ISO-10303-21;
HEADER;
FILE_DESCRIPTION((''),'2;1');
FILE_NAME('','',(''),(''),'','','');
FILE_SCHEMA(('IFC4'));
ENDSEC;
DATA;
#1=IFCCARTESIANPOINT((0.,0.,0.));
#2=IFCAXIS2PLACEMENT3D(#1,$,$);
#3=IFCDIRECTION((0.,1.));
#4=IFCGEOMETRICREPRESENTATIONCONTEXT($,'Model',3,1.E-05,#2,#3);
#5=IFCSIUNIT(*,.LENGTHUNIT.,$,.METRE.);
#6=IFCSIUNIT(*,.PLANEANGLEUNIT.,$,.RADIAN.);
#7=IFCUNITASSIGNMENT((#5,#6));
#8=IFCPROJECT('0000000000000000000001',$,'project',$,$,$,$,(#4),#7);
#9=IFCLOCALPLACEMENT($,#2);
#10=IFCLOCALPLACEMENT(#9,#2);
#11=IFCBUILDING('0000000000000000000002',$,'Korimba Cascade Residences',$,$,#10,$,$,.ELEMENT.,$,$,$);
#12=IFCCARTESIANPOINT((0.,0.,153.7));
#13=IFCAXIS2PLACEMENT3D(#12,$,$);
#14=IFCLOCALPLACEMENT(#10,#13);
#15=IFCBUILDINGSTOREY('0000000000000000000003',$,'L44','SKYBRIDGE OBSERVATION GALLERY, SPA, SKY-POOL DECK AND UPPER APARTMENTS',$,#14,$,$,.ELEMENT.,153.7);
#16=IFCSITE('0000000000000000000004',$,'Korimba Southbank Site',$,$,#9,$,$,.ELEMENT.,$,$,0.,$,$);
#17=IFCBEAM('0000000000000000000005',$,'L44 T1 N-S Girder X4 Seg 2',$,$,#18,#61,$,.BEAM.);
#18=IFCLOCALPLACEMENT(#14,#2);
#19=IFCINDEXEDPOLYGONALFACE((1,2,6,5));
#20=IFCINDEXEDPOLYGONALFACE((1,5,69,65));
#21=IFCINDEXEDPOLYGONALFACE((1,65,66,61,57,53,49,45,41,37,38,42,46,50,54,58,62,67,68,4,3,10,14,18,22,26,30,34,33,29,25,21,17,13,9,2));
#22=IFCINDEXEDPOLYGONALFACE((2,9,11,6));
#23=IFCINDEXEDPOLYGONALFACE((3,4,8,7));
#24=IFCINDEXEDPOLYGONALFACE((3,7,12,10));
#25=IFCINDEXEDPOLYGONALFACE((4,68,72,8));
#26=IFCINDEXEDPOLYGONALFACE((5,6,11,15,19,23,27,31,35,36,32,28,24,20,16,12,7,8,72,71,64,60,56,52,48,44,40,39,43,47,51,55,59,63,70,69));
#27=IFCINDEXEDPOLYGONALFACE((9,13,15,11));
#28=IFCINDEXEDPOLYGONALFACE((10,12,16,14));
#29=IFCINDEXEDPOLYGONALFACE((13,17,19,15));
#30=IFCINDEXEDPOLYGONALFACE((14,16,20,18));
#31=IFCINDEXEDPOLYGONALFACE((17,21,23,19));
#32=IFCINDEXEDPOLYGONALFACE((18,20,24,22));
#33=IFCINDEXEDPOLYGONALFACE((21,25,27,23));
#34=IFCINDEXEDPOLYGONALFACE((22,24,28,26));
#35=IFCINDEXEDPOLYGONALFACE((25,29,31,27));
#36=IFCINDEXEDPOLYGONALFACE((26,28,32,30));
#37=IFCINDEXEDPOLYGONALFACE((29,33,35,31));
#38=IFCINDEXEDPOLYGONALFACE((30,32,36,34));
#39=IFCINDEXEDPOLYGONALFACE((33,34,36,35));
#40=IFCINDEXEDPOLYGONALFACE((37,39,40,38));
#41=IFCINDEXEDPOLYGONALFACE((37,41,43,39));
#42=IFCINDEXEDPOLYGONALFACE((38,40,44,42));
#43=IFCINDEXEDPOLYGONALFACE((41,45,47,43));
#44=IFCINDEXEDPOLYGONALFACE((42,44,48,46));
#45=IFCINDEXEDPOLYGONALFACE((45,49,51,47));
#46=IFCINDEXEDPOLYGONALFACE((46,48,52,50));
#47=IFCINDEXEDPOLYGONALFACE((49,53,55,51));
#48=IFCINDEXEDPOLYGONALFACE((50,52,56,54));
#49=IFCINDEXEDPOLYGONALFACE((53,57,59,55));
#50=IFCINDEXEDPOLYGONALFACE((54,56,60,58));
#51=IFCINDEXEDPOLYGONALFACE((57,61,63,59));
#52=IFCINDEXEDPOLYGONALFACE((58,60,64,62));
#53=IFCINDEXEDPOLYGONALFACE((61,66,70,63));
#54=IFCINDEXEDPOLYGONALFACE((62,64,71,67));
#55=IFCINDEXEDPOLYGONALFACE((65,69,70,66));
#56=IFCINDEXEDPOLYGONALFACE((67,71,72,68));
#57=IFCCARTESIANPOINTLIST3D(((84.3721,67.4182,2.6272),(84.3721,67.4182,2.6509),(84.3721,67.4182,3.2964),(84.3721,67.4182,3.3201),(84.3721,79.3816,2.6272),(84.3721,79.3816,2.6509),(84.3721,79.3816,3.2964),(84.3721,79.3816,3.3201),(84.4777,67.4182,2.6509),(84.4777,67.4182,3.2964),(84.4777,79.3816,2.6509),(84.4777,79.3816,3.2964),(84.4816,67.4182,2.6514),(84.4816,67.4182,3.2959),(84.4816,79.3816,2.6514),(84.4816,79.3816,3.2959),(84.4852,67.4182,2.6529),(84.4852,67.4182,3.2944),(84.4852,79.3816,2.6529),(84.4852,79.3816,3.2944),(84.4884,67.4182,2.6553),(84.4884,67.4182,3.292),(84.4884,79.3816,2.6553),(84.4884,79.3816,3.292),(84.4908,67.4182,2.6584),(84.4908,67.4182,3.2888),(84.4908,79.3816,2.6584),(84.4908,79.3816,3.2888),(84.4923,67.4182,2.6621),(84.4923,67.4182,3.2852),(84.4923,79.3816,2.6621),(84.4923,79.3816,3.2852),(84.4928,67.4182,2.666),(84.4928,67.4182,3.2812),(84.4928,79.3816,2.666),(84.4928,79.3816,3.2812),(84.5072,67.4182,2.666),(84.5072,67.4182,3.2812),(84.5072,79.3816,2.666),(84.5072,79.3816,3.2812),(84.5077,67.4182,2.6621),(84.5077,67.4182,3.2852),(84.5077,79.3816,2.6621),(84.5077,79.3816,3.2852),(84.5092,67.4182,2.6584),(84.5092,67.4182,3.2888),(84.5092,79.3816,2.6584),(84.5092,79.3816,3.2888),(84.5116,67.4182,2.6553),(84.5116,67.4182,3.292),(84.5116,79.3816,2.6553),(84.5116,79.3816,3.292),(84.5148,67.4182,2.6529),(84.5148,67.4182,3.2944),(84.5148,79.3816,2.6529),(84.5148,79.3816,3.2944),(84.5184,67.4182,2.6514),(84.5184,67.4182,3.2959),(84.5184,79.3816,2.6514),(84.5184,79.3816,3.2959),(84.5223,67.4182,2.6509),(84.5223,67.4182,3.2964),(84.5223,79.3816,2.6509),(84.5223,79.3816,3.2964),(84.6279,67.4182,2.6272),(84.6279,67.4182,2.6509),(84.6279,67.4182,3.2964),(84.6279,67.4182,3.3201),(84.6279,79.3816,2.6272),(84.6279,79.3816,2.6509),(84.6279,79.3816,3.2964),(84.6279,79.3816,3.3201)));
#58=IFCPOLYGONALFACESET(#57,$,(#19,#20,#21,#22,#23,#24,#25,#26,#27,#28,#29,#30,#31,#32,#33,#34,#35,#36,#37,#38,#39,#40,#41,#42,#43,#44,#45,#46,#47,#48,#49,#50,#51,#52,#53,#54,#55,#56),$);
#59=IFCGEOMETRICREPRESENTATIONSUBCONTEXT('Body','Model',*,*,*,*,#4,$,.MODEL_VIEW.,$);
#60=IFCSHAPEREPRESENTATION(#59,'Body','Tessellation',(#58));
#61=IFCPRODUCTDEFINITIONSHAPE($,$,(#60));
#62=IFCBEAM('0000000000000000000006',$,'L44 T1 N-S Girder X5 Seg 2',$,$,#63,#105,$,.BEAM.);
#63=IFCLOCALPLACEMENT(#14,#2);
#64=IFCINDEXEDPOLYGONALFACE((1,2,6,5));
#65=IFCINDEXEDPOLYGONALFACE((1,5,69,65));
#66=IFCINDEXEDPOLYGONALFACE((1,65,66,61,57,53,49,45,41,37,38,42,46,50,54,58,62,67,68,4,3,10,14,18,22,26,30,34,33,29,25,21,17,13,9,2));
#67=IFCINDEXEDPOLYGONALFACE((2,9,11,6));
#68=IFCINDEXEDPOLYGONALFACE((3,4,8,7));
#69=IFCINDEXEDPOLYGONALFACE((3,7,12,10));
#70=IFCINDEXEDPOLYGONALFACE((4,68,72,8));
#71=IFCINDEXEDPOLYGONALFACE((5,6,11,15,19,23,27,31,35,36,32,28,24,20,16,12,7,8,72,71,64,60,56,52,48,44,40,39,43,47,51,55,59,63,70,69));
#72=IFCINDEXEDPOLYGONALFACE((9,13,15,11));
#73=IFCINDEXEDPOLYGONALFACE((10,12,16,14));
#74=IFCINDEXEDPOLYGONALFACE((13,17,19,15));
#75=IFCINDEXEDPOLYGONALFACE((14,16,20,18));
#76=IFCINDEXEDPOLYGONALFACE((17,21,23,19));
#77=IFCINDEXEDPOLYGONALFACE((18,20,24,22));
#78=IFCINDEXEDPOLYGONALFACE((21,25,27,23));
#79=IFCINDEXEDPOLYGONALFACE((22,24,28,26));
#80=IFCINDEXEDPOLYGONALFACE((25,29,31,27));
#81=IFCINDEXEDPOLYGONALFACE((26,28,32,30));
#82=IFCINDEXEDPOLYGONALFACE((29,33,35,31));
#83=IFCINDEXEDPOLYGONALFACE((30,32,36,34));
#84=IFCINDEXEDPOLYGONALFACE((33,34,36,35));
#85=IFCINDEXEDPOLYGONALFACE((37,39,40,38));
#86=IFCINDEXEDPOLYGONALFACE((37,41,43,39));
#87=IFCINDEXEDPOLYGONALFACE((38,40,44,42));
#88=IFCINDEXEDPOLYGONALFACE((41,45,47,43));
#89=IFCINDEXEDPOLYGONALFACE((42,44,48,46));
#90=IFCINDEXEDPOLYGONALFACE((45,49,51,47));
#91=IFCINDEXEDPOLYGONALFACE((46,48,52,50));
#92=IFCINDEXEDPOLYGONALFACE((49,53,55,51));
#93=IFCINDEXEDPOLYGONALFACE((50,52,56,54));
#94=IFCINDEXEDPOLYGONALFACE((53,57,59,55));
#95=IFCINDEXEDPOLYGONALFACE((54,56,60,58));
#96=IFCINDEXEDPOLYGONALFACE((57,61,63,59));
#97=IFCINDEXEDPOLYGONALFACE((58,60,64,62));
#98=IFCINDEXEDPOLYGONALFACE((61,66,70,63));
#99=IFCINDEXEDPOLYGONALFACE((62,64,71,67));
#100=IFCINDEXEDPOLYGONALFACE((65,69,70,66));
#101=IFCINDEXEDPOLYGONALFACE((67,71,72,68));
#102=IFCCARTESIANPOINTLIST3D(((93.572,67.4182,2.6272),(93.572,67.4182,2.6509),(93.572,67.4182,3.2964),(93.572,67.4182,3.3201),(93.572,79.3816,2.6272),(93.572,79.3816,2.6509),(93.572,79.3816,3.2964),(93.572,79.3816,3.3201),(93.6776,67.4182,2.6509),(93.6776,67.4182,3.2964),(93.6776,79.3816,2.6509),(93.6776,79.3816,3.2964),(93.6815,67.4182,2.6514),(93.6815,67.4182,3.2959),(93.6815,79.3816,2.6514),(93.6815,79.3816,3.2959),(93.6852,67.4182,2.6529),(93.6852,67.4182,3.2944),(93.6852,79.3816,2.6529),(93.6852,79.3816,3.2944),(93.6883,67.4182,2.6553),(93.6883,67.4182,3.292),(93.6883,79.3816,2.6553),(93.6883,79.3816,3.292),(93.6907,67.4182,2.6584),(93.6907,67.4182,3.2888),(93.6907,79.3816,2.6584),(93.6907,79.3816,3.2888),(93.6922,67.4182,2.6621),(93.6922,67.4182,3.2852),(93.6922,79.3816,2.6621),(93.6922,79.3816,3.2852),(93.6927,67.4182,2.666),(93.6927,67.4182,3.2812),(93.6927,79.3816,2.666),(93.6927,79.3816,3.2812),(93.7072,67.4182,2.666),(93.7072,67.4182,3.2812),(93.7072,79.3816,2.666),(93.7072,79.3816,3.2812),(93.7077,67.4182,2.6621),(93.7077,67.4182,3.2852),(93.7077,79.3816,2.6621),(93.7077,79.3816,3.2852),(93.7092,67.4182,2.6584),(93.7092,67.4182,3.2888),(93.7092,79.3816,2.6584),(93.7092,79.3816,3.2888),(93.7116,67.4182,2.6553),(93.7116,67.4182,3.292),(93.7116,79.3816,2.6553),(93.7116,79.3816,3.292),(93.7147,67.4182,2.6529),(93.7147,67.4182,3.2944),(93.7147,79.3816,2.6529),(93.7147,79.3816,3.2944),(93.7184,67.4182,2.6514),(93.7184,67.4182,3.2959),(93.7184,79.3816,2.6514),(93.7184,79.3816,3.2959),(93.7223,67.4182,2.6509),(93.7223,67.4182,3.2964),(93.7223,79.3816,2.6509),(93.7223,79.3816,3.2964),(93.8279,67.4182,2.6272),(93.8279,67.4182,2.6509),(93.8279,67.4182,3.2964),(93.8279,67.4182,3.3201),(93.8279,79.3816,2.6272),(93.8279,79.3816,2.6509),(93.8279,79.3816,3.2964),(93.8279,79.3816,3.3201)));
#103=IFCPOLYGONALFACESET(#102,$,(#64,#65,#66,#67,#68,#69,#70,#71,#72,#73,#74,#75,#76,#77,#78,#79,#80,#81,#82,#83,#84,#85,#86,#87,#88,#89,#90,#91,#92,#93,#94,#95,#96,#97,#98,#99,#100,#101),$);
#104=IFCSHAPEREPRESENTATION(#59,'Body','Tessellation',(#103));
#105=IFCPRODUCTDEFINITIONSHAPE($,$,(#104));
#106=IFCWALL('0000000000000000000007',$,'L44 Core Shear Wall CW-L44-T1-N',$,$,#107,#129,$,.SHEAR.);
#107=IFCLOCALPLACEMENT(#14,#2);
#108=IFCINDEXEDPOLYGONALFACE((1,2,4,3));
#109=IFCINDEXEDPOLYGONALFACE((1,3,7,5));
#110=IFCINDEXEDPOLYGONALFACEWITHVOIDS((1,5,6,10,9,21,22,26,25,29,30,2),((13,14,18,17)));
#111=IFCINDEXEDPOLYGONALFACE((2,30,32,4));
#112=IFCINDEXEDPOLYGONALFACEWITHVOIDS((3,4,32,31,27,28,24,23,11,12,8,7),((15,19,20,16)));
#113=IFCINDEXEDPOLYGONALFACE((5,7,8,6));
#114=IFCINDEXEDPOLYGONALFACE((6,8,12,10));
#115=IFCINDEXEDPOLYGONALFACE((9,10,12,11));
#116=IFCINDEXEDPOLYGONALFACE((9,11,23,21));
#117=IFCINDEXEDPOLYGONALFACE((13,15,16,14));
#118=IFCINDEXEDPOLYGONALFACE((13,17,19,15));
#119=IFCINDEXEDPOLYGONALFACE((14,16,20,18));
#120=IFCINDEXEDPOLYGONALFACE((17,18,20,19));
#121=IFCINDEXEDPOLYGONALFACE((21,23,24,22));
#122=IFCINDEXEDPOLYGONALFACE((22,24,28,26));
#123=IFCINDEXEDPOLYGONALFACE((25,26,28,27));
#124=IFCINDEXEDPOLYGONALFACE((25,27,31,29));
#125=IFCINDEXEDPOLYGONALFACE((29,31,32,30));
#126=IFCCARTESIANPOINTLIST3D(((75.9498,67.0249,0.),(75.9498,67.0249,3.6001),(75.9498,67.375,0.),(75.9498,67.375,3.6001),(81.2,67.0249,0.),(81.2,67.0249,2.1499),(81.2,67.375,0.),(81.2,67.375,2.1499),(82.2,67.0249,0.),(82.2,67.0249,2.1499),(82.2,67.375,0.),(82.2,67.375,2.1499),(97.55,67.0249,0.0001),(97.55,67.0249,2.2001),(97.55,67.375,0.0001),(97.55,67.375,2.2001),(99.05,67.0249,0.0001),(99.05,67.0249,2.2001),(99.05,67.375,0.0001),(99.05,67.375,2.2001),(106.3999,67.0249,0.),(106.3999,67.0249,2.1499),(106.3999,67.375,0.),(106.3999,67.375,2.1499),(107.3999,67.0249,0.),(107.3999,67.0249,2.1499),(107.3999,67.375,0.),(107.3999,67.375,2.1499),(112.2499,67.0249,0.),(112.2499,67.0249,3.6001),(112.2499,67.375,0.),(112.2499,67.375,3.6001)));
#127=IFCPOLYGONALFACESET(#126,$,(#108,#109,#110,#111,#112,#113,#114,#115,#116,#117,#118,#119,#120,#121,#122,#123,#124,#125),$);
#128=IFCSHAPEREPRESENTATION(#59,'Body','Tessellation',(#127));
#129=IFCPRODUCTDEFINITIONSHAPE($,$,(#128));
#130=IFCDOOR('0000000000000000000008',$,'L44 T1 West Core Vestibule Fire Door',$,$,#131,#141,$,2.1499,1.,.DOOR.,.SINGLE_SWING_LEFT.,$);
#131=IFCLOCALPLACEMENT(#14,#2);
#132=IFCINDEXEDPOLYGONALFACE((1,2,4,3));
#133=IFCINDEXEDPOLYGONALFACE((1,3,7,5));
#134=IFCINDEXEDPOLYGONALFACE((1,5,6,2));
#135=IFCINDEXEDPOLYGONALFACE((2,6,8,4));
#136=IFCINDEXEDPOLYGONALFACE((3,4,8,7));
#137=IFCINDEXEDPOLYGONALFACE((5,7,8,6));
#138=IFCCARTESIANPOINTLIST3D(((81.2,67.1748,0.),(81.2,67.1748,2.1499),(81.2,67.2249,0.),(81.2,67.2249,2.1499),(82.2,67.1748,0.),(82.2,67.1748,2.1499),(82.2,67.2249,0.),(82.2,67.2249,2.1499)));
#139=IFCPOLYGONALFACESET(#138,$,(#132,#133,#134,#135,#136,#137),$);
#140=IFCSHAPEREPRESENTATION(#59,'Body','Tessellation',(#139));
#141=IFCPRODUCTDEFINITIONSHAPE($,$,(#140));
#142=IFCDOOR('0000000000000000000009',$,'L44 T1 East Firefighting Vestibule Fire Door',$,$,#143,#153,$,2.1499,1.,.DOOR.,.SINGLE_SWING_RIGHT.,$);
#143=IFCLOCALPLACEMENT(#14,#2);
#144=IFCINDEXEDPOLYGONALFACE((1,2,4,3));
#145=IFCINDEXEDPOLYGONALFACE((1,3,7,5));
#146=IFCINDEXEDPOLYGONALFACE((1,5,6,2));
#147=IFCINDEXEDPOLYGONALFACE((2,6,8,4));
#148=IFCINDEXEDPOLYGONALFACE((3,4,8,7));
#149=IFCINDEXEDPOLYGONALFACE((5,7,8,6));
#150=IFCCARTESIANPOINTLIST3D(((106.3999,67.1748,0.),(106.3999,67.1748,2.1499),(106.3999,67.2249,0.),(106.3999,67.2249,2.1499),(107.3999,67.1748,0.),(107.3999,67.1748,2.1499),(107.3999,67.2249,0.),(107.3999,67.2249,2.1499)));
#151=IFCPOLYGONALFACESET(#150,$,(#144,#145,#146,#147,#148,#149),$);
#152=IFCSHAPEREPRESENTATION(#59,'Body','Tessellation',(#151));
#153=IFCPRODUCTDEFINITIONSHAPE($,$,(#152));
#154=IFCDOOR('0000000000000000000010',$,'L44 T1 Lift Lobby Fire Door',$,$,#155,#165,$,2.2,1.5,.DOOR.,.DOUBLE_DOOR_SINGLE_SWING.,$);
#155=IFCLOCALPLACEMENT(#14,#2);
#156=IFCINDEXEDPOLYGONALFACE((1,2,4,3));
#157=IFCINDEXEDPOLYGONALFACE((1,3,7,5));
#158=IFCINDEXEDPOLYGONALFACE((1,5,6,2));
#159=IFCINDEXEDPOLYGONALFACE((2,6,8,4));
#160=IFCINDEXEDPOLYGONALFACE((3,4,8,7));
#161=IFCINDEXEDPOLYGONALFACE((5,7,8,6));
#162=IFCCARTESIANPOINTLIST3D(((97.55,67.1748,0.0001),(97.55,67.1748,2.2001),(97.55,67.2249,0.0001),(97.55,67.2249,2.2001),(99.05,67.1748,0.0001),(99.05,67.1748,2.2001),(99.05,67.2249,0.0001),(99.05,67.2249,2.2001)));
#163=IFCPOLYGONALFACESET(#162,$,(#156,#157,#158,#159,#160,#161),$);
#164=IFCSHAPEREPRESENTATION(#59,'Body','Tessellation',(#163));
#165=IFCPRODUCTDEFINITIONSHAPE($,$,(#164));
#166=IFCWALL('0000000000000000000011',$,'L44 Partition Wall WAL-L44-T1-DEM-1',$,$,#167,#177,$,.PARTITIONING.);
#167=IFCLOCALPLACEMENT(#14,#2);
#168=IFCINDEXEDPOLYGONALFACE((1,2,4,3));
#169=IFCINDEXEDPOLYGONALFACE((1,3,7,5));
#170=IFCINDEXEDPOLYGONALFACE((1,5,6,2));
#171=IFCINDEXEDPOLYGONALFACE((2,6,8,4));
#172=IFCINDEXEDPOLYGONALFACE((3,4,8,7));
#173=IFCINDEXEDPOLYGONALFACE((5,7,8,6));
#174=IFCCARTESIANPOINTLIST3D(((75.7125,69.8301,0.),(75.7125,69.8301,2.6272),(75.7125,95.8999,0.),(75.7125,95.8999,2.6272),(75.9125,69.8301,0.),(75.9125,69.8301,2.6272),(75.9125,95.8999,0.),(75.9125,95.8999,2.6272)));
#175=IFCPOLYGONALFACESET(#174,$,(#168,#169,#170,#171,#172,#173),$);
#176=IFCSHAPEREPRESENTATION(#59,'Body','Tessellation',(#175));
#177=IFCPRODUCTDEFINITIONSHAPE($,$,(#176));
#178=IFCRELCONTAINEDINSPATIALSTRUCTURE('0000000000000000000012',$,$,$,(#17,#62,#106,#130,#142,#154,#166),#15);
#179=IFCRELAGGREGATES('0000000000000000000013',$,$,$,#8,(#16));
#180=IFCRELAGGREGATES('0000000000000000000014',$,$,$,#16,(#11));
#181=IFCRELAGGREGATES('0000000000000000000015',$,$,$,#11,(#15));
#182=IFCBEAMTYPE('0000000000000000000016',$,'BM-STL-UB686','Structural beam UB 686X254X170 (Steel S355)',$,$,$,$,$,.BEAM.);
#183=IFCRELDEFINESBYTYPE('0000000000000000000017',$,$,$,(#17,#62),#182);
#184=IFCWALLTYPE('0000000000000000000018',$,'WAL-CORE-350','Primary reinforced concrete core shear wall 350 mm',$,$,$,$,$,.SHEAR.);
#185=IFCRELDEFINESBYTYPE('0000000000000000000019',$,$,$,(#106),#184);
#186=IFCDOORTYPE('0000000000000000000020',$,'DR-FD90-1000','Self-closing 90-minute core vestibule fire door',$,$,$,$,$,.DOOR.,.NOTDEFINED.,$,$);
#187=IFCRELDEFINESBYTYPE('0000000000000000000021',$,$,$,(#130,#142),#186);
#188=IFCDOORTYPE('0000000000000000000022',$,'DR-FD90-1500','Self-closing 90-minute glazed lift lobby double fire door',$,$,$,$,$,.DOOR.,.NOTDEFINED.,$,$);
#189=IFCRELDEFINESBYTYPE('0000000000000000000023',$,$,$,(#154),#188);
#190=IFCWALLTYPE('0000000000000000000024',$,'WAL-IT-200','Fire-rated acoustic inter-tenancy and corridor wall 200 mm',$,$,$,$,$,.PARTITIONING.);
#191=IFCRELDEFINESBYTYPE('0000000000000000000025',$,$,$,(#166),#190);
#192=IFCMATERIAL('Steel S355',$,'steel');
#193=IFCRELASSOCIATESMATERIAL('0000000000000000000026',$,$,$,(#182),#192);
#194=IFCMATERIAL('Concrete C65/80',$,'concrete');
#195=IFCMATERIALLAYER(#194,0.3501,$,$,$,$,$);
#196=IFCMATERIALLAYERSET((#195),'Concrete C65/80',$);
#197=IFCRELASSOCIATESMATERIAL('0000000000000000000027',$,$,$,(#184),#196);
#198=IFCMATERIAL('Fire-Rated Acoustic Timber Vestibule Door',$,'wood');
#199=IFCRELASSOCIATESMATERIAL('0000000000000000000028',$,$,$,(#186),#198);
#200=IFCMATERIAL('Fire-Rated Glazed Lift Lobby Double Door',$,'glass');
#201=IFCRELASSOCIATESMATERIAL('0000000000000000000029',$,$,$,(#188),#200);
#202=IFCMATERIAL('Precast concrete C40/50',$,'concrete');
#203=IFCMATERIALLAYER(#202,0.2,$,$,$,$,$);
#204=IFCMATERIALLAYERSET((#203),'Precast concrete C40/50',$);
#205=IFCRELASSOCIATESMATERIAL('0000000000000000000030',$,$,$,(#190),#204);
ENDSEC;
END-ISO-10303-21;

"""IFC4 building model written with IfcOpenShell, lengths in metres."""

from ifc_helpers import new_model, si_unit, direction, frame, frame_2d, origin, origin_2d, place, context, subcontext, project, spatial, rectangle, i_section, extrude, material, layer, layer_set, material_profile, profile_set, type_object, element, fill, save


model = new_model("IFC4")

# Units and contexts
model_context = context("Model", 3, precision=1e-05, world=origin(), true_north=direction((0.0, 1.0)))
body_context = subcontext(model_context, "Body", "Model", "MODEL_VIEW")
ifc_project = project(units=[si_unit("LENGTHUNIT", "METRE"), si_unit("PLANEANGLEUNIT", "RADIAN")], contexts=[model_context])

# Site, building, storey
site_placement = place(None, origin())
site = spatial("IfcSite", under=ifc_project, at=site_placement, Name="Korimba Southbank Site", CompositionType="ELEMENT", RefElevation=0.0)
building_placement = place(site_placement, origin())
building = spatial("IfcBuilding", under=site, at=building_placement, Name="Korimba Cascade Residences", CompositionType="ELEMENT")
storey_placement = place(building_placement, frame((0.0, 0.0, 153.7)))
storey = spatial("IfcBuildingStorey", under=building, at=storey_placement, Name="L44", Description="SKYBRIDGE OBSERVATION GALLERY, SPA, SKY-POOL DECK AND UPPER APARTMENTS", CompositionType="ELEMENT", Elevation=153.7)

# Beams
ifc_material_1 = material(Name="Steel S355", Category="steel")
ifc_material_profile_1 = material_profile(ifc_material_1, i_section(OverallWidth=0.2559, OverallDepth=0.6929, WebThickness=0.0144, FlangeThickness=0.0237, FilletRadius=0.0151, at=origin_2d()), Name="Steel S355")
ifc_profile_set_1 = profile_set([ifc_material_profile_1], Name="Steel S355")
beam_type_1 = type_object("IfcBeamType", Name="BM-STL-UB686", Description="Structural beam UB 686X254X170 (Steel S355)", PredefinedType="BEAM", material=ifc_profile_set_1)
for number, where, z_axis, x_axis, name in (
    (1, (84.5, 67.4182, 2.9736), (0.0, 1.0, 0.0), (-1.0, 0.0, 0.0), "L44 T1 N-S Girder X4 Seg 2"),
    (2, (93.7, 67.4182, 2.9736), (0.0, 1.0, 0.0), (-1.0, 0.0, 0.0), "L44 T1 N-S Girder X5 Seg 2"),
):
    element("IfcBeam", number, at=place(storey_placement, frame(where, z_axis=z_axis, x_axis=x_axis)), inside=storey, type_object=beam_type_1, Name=name, PredefinedType="BEAM", context=body_context, shape_type="SweptSolid", body=[
        extrude(i_section(OverallWidth=0.2559, OverallDepth=0.6929, WebThickness=0.0144, FlangeThickness=0.0237, FilletRadius=0.0151, at=origin_2d()), origin(), (0.0, 0.0, 1.0), 11.9634),
    ])

# Wall, openings, doors
ifc_material_2 = material(Name="Concrete C65/80", Category="concrete")
ifc_layer_1 = layer(ifc_material_2, 0.3501)
ifc_layer_set_1 = layer_set([ifc_layer_1], Name="Concrete C65/80")
wall_type_1 = type_object("IfcWallType", Name="WAL-CORE-350", Description="Primary reinforced concrete core shear wall 350 mm", PredefinedType="SHEAR", material=ifc_layer_set_1)
wall_1_placement = place(storey_placement, frame((75.95, 67.2, 0.0), z_axis=(0.0, 0.0, 1.0), x_axis=(1.0, 0.0, 0.0)))
wall_1 = element("IfcWall", 3, at=wall_1_placement, inside=storey, type_object=wall_type_1, Name="L44 Core Shear Wall CW-L44-T1-N", PredefinedType="SHEAR", context=body_context, shape_type="SweptSolid", body=[
    extrude(rectangle(XDim=36.3, YDim=0.3501, at=frame_2d((18.1499, 0.0))), origin(), (0.0, 0.0, 1.0), 3.6001),
])
opening_1_placement = place(wall_1_placement, frame((5.25, 0.0, 0.0)))
opening_1 = element("IfcOpeningElement", 4, at=opening_1_placement, cuts=wall_1, PredefinedType="OPENING", context=body_context, shape_type="SweptSolid", body=[
    extrude(rectangle(XDim=1.0, YDim=2.1499, at=frame_2d((0.5, 1.075))), frame((0.0, 0.1851, 0.0), z_axis=(0.0, -1.0, 0.0), x_axis=(1.0, 0.0, 0.0)), (0.0, 0.0, 1.0), 0.3701),
])
opening_2_placement = place(wall_1_placement, frame((21.6001, 0.0, 0.0)))
opening_2 = element("IfcOpeningElement", 5, at=opening_2_placement, cuts=wall_1, PredefinedType="OPENING", context=body_context, shape_type="SweptSolid", body=[
    extrude(rectangle(XDim=1.5, YDim=2.2, at=frame_2d((0.75, 1.1001))), frame((0.0, 0.1851, 0.0), z_axis=(0.0, -1.0, 0.0), x_axis=(1.0, 0.0, 0.0)), (0.0, 0.0, 1.0), 0.3701),
])
opening_3_placement = place(wall_1_placement, frame((30.45, 0.0, 0.0)))
opening_3 = element("IfcOpeningElement", 6, at=opening_3_placement, cuts=wall_1, PredefinedType="OPENING", context=body_context, shape_type="SweptSolid", body=[
    extrude(rectangle(XDim=1.0, YDim=2.1499, at=frame_2d((0.5, 1.075))), frame((0.0, 0.1851, 0.0), z_axis=(0.0, -1.0, 0.0), x_axis=(1.0, 0.0, 0.0)), (0.0, 0.0, 1.0), 0.3701),
])
ifc_material_3 = material(Name="Fire-Rated Acoustic Timber Vestibule Door", Category="wood")
door_type_1 = type_object("IfcDoorType", Name="DR-FD90-1000", Description="Self-closing 90-minute core vestibule fire door", OperationType="NOTDEFINED", PredefinedType="DOOR", material=ifc_material_3)
door_1_placement = place(opening_1_placement, origin())
door_1 = element("IfcDoor", 7, at=door_1_placement, inside=storey, type_object=door_type_1, Name="L44 T1 West Core Vestibule Fire Door", OperationType="SINGLE_SWING_LEFT", OverallHeight=2.1499, OverallWidth=1.0, PredefinedType="DOOR", context=body_context, shape_type="SweptSolid", body=[
    extrude(rectangle(XDim=1.0, YDim=2.1499, at=frame_2d((0.5, 1.075))), frame((0.0, 0.0249, 0.0), z_axis=(0.0, -1.0, 0.0), x_axis=(1.0, 0.0, 0.0)), (0.0, 0.0, 1.0), 0.05),
])
fill(opening_1, door_1)
door_2_placement = place(opening_3_placement, origin())
door_2 = element("IfcDoor", 8, at=door_2_placement, inside=storey, type_object=door_type_1, Name="L44 T1 East Firefighting Vestibule Fire Door", OperationType="SINGLE_SWING_RIGHT", OverallHeight=2.1499, OverallWidth=1.0, PredefinedType="DOOR", context=body_context, shape_type="SweptSolid", body=[
    extrude(rectangle(XDim=1.0, YDim=2.1499, at=frame_2d((0.5, 1.075))), frame((0.0, 0.0249, 0.0), z_axis=(0.0, -1.0, 0.0), x_axis=(1.0, 0.0, 0.0)), (0.0, 0.0, 1.0), 0.05),
])
fill(opening_3, door_2)
ifc_material_4 = material(Name="Fire-Rated Glazed Lift Lobby Double Door", Category="glass")
door_type_2 = type_object("IfcDoorType", Name="DR-FD90-1500", Description="Self-closing 90-minute glazed lift lobby double fire door", OperationType="NOTDEFINED", PredefinedType="DOOR", material=ifc_material_4)
door_3_placement = place(opening_2_placement, origin())
door_3 = element("IfcDoor", 9, at=door_3_placement, inside=storey, type_object=door_type_2, Name="L44 T1 Lift Lobby Fire Door", OperationType="DOUBLE_DOOR_SINGLE_SWING", OverallHeight=2.2, OverallWidth=1.5, PredefinedType="DOOR", context=body_context, shape_type="SweptSolid", body=[
    extrude(rectangle(XDim=1.5, YDim=2.2, at=frame_2d((0.75, 1.1001))), frame((0.0, 0.0249, 0.0), z_axis=(0.0, -1.0, 0.0), x_axis=(1.0, 0.0, 0.0)), (0.0, 0.0, 1.0), 0.05),
])
fill(opening_2, door_3)

# Wall
ifc_material_5 = material(Name="Precast concrete C40/50", Category="concrete")
ifc_layer_2 = layer(ifc_material_5, 0.2)
ifc_layer_set_2 = layer_set([ifc_layer_2], Name="Precast concrete C40/50")
wall_type_2 = type_object("IfcWallType", Name="WAL-IT-200", Description="Fire-rated acoustic inter-tenancy and corridor wall 200 mm", PredefinedType="PARTITIONING", material=ifc_layer_set_2)
wall_2_placement = place(storey_placement, frame((75.8125, 69.8301, 0.0), z_axis=(0.0, 0.0, 1.0), x_axis=(0.0, 1.0, 0.0)))
element("IfcWall", 10, at=wall_2_placement, inside=storey, type_object=wall_type_2, Name="L44 Partition Wall WAL-L44-T1-DEM-1", PredefinedType="PARTITIONING", context=body_context, shape_type="SweptSolid", body=[
    extrude(rectangle(XDim=26.0698, YDim=0.2, at=frame_2d((13.0349, 0.0))), origin(), (0.0, 0.0, 1.0), 2.6272),
])

save(model, "model.ifc")
